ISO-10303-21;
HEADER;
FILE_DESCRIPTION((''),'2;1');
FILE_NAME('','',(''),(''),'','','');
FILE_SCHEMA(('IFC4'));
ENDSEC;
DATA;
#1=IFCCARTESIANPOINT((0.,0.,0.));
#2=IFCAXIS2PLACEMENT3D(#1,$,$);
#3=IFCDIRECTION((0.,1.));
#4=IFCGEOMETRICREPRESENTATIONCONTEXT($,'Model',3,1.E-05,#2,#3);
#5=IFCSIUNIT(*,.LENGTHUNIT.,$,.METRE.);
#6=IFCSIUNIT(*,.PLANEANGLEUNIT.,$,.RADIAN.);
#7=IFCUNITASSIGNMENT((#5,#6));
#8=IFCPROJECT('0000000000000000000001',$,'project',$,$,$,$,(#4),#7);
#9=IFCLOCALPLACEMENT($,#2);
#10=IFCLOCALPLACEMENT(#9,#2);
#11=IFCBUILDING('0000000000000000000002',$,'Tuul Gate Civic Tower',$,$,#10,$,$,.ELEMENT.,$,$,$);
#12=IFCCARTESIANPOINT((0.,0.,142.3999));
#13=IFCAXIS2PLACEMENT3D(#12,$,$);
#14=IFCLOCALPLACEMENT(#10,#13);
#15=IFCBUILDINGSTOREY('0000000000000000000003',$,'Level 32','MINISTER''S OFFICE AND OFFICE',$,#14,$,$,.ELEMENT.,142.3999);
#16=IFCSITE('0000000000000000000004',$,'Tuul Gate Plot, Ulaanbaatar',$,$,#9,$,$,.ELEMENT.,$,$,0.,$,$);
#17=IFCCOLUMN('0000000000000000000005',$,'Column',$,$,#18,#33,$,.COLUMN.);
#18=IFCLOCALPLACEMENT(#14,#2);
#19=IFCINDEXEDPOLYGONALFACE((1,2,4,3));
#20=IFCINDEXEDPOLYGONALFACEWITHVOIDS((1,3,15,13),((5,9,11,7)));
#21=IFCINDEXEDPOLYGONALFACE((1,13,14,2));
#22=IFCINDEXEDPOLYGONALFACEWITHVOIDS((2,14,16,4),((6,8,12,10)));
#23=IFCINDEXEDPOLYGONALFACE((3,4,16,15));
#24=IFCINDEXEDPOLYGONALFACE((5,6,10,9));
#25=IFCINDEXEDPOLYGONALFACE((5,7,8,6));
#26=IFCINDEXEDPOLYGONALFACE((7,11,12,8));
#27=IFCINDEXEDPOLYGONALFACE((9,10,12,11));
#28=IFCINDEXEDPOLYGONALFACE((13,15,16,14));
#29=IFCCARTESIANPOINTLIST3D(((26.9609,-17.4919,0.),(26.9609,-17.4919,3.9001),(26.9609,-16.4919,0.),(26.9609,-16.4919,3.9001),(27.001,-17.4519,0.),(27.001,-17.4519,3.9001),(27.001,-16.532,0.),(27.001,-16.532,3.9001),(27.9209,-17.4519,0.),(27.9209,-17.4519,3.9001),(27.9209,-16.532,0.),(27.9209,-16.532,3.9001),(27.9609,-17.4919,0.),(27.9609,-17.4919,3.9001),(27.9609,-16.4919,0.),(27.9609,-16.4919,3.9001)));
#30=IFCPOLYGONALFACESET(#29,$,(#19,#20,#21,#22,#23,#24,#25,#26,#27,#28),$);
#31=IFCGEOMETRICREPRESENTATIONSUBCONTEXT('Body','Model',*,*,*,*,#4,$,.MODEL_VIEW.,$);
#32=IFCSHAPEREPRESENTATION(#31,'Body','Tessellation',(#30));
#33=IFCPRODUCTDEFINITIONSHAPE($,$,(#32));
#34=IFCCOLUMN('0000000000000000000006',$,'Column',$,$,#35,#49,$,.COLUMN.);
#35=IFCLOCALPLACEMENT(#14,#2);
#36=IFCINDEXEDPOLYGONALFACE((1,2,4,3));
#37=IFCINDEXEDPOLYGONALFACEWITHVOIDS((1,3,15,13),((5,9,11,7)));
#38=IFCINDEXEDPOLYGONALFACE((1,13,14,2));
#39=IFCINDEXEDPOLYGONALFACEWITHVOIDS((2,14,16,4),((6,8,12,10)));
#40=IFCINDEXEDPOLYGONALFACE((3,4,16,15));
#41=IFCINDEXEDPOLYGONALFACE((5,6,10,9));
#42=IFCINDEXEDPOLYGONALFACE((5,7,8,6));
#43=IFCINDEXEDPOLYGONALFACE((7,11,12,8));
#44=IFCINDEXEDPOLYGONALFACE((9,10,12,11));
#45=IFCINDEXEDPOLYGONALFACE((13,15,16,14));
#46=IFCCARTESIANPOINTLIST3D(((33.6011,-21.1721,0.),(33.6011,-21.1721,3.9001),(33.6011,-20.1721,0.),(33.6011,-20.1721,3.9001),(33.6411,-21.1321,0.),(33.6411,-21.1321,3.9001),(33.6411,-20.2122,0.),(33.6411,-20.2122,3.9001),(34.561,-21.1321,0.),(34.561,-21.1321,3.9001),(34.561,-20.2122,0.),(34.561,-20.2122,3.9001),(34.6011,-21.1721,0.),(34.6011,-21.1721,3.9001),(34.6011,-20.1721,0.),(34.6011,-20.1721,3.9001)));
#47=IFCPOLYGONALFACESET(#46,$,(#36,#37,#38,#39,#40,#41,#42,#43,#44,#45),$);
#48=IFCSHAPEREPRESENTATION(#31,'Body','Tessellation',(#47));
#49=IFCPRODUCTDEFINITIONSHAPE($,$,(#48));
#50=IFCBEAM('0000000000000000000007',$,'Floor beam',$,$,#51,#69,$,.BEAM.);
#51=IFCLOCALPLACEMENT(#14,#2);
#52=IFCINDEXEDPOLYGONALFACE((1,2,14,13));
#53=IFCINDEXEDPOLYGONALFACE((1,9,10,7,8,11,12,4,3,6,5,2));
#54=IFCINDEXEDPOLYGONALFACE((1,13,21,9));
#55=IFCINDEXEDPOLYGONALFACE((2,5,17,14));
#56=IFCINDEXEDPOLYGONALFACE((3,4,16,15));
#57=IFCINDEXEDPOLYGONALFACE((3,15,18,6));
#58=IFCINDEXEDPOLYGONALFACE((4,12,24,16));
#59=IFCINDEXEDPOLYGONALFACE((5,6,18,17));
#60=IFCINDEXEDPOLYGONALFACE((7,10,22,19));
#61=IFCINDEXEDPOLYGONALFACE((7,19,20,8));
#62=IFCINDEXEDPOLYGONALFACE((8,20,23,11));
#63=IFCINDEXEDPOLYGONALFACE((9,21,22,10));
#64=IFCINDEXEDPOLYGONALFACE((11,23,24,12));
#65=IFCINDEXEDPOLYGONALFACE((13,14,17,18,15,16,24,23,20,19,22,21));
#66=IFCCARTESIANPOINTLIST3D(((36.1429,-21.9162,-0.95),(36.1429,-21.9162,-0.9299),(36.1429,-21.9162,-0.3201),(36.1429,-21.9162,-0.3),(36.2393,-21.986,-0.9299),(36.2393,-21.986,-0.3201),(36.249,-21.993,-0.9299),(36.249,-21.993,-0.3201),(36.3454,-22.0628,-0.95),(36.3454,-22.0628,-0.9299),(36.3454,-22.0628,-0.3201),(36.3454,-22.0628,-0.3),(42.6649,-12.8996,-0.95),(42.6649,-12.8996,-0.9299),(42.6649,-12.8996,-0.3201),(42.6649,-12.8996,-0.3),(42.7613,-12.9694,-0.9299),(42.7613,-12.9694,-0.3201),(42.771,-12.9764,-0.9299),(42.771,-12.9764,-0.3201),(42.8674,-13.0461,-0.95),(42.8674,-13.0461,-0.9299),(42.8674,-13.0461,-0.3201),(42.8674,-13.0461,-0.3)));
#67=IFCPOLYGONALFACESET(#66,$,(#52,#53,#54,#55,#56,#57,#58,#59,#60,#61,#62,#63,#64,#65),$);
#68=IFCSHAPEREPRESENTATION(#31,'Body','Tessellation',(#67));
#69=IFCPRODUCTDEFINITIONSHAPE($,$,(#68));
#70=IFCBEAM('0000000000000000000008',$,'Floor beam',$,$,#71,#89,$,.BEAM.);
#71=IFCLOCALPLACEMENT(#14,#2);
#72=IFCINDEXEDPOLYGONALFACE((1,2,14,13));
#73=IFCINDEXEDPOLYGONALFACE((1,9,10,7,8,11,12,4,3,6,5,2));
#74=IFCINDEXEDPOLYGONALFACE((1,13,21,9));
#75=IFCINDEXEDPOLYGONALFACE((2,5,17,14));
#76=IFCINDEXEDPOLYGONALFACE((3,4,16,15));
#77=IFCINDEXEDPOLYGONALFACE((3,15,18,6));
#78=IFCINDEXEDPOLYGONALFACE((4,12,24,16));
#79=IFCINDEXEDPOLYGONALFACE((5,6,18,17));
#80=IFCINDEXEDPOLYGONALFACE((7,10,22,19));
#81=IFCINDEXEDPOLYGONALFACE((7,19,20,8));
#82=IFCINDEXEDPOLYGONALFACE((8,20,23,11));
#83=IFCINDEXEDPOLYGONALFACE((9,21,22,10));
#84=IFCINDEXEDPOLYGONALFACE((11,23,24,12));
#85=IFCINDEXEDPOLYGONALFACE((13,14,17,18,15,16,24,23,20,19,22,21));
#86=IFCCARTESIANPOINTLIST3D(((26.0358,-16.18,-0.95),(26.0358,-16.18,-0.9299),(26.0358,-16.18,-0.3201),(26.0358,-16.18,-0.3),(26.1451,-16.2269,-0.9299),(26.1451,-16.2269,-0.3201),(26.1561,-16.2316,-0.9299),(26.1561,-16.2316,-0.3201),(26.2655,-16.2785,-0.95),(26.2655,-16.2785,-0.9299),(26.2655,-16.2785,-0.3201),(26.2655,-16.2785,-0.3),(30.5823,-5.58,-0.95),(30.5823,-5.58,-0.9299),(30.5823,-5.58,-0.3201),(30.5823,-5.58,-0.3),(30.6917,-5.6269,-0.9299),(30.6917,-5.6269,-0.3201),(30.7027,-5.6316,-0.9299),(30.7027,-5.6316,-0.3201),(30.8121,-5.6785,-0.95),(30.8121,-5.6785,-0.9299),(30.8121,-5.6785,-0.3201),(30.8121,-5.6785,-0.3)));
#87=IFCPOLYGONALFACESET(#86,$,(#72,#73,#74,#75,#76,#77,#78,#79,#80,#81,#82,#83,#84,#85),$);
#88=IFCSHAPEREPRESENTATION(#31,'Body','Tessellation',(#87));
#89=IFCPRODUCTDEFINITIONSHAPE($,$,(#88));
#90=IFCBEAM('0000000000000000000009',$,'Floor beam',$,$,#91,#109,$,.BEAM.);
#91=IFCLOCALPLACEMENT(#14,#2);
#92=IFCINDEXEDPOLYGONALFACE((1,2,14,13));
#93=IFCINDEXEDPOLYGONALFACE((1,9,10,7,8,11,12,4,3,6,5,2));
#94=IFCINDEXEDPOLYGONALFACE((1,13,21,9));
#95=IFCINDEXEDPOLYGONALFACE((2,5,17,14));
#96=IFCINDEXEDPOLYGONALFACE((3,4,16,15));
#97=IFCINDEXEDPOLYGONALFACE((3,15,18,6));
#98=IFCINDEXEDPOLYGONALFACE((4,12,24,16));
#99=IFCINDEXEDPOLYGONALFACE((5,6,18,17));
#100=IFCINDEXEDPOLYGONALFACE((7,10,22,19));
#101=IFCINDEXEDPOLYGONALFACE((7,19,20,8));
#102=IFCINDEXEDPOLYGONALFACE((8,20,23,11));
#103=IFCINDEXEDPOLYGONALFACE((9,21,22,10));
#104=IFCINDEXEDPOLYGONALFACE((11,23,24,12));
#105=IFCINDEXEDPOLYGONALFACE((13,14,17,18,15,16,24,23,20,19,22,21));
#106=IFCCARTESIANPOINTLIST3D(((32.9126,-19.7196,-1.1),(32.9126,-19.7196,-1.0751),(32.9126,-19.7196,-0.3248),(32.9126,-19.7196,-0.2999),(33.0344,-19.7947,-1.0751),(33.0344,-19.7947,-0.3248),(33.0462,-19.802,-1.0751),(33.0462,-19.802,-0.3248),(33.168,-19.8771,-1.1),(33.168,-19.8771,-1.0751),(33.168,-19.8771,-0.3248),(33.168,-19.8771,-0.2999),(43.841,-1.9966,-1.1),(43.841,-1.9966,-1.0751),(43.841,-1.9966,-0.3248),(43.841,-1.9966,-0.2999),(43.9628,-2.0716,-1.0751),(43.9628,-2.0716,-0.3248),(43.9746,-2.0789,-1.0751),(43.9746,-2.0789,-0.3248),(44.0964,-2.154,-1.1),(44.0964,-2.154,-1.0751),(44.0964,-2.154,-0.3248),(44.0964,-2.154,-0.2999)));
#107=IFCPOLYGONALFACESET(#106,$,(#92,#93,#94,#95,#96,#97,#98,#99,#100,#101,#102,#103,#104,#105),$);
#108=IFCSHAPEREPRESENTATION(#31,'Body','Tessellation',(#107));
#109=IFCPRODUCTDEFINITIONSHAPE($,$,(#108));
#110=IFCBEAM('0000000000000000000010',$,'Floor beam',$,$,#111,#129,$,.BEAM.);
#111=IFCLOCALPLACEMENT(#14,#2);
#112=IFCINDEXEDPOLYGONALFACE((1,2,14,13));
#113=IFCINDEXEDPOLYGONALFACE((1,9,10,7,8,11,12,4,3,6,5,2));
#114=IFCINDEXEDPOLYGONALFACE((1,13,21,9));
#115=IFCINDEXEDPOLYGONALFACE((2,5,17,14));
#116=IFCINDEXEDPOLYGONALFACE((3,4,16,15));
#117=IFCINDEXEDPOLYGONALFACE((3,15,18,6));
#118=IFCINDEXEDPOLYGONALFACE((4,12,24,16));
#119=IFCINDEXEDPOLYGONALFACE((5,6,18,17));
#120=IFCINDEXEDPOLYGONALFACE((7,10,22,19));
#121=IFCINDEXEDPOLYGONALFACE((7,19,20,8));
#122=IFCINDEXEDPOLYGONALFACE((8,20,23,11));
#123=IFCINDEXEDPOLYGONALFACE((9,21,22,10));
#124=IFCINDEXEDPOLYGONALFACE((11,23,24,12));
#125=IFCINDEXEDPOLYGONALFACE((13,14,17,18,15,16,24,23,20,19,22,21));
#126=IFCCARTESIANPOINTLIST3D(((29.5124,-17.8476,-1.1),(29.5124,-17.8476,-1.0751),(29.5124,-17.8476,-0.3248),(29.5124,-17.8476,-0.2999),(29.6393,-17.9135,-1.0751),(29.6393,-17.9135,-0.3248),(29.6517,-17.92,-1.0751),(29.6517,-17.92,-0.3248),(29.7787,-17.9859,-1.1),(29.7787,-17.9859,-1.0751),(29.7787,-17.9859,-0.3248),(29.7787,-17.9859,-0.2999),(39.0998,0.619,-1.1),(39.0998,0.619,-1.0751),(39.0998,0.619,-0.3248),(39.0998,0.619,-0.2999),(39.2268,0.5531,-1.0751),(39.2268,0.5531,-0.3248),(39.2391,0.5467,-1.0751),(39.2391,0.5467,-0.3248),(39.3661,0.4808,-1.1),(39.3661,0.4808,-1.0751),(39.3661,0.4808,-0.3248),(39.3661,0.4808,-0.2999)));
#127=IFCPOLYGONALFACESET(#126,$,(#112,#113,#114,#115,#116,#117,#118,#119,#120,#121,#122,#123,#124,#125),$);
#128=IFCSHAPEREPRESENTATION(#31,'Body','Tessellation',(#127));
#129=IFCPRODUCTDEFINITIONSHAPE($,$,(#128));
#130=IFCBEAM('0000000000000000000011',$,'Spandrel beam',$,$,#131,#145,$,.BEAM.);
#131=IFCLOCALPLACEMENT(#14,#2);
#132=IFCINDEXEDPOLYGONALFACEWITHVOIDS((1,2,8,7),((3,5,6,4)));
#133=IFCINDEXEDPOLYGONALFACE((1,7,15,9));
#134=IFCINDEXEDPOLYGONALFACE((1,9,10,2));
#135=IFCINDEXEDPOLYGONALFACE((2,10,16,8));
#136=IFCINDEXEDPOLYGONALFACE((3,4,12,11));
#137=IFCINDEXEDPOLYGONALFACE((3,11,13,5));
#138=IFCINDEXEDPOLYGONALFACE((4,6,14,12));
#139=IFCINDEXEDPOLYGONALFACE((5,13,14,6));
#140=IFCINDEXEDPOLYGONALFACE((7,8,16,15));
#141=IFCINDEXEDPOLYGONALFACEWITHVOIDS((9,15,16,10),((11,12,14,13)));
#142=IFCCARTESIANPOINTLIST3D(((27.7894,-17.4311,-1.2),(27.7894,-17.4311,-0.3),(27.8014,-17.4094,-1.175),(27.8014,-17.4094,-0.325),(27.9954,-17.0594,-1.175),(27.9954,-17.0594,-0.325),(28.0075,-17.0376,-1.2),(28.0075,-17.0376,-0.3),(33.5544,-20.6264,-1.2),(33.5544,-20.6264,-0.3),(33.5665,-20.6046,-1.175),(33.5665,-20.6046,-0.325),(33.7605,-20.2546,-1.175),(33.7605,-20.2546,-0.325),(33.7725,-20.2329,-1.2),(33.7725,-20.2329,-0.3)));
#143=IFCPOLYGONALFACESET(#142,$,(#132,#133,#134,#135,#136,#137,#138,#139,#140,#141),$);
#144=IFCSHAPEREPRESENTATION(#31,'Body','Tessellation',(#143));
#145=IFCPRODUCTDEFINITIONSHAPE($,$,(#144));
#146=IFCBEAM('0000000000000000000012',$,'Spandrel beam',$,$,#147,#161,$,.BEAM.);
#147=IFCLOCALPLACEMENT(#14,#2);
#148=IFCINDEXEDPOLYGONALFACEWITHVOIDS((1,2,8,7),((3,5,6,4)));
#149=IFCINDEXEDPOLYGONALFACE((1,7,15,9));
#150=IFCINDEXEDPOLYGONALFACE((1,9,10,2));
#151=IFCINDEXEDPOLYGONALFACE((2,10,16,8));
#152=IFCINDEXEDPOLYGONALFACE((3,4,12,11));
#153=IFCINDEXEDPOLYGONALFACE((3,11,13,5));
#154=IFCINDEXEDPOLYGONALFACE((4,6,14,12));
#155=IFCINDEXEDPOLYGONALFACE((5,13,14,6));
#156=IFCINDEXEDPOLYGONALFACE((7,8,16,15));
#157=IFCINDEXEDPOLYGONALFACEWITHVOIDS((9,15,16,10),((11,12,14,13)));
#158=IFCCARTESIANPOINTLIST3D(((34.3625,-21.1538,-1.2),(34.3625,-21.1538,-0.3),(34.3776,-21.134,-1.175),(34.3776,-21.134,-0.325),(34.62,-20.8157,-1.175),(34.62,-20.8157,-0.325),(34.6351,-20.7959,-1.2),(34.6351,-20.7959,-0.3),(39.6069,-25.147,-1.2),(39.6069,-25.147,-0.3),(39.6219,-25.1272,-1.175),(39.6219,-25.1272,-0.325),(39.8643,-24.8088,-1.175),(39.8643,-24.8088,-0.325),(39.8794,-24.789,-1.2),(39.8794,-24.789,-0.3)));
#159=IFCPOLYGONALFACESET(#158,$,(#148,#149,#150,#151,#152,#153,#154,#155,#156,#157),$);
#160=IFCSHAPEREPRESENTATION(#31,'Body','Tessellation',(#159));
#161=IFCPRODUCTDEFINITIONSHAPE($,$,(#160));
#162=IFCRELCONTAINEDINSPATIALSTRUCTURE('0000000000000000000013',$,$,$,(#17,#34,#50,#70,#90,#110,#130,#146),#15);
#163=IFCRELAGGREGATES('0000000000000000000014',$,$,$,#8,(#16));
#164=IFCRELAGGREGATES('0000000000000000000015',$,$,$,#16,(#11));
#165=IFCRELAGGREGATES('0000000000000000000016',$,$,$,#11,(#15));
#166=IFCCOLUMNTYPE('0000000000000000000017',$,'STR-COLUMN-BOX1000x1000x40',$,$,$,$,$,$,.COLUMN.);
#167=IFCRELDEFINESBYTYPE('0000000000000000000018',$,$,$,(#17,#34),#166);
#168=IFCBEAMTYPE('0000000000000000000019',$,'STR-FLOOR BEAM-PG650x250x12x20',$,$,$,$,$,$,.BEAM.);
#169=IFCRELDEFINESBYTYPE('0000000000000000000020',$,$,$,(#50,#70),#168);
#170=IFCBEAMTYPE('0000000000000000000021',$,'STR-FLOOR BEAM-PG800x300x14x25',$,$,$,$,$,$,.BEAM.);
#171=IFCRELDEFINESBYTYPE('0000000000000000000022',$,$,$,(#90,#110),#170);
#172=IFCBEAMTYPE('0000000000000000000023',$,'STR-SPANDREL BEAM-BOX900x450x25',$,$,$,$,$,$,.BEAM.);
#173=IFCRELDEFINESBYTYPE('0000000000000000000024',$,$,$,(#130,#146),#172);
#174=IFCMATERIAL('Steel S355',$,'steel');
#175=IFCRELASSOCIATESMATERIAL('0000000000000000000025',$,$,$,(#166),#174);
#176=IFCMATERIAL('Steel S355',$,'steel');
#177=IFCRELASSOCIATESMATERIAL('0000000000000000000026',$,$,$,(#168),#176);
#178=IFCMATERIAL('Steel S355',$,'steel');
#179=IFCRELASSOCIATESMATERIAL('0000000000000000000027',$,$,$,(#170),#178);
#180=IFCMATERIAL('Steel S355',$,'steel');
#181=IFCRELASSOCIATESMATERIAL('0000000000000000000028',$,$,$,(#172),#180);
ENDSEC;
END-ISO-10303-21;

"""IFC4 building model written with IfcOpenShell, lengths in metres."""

from ifc_helpers import new_model, si_unit, direction, frame, origin, origin_2d, place, context, subcontext, project, spatial, hollow_rectangle, i_section, extrude, material, material_profile, profile_set, type_object, element, save


model = new_model("IFC4")

# Units and contexts
model_context = context("Model", 3, precision=1e-05, world=origin(), true_north=direction((0.0, 1.0)))
body_context = subcontext(model_context, "Body", "Model", "MODEL_VIEW")
ifc_project = project(units=[si_unit("LENGTHUNIT", "METRE"), si_unit("PLANEANGLEUNIT", "RADIAN")], contexts=[model_context])

# Site, building, storey
site_placement = place(None, origin())
site = spatial("IfcSite", under=ifc_project, at=site_placement, Name="Tuul Gate Plot, Ulaanbaatar", CompositionType="ELEMENT", RefElevation=0.0)
building_placement = place(site_placement, origin())
building = spatial("IfcBuilding", under=site, at=building_placement, Name="Tuul Gate Civic Tower", CompositionType="ELEMENT")
storey_placement = place(building_placement, frame((0.0, 0.0, 142.3999)))
storey = spatial("IfcBuildingStorey", under=building, at=storey_placement, Name="Level 32", Description="MINISTER'S OFFICE AND OFFICE", CompositionType="ELEMENT", Elevation=142.3999)

# Columns
ifc_material_1 = material(Name="Steel S355", Category="steel")
ifc_material_profile_1 = material_profile(ifc_material_1, hollow_rectangle(XDim=1.0, YDim=1.0, WallThickness=0.04, at=origin_2d()), Name="BOX1000x1000x40")
ifc_profile_set_1 = profile_set([ifc_material_profile_1], Name="Steel S355")
column_type = type_object("IfcColumnType", Name="STR-COLUMN-BOX1000x1000x40", PredefinedType="COLUMN", material=ifc_profile_set_1)
for number, where, z_axis, x_axis, name in (
    (1, (27.4609, -16.9919, 0.0), (0.0, 0.0, 1.0), (1.0, 0.0, 0.0), "Column"),
    (2, (34.1011, -20.6721, 0.0), (0.0, 0.0, 1.0), (1.0, 0.0, 0.0), "Column"),
):
    element("IfcColumn", number, at=place(storey_placement, frame(where, z_axis=z_axis, x_axis=x_axis)), inside=storey, type_object=column_type, Name=name, PredefinedType="COLUMN", context=body_context, shape_type="SweptSolid", body=[
        extrude(hollow_rectangle(XDim=1.0, YDim=1.0, WallThickness=0.04, at=origin_2d()), origin(), (0.0, 0.0, 1.0), 3.9001),
    ])

# Beams
ifc_material_2 = material(Name="Steel S355", Category="steel")
ifc_material_profile_2 = material_profile(ifc_material_2, i_section(OverallWidth=0.25, OverallDepth=0.6499, WebThickness=0.012, FlangeThickness=0.02, at=origin_2d()), Name="PG650x250x12x20")
ifc_profile_set_2 = profile_set([ifc_material_profile_2], Name="Steel S355")
beam_type_1 = type_object("IfcBeamType", Name="STR-FLOOR BEAM-PG650x250x12x20", PredefinedType="BEAM", material=ifc_profile_set_2)
beam_1_placement = place(storey_placement, frame((36.2441, -21.9895, -0.625), z_axis=(0.58608, 0.810253, 0.0), x_axis=(-0.810253, 0.58608, 0.0)))
element("IfcBeam", 3, at=beam_1_placement, inside=storey, type_object=beam_type_1, Name="Floor beam", PredefinedType="BEAM", context=body_context, shape_type="SweptSolid", body=[
    extrude(i_section(OverallWidth=0.25, OverallDepth=0.6499, WebThickness=0.012, FlangeThickness=0.02, at=origin_2d()), origin(), (0.0, 0.0, 1.0), 11.1282),
])
beam_2_placement = place(storey_placement, frame((26.1506, -16.2292, -0.625), z_axis=(0.394193, 0.919028, 0.0), x_axis=(-0.919028, 0.394193, 0.0)))
element("IfcBeam", 4, at=beam_2_placement, inside=storey, type_object=beam_type_1, Name="Floor beam", PredefinedType="BEAM", context=body_context, shape_type="SweptSolid", body=[
    extrude(i_section(OverallWidth=0.25, OverallDepth=0.6499, WebThickness=0.012, FlangeThickness=0.02, at=origin_2d()), origin(), (0.0, 0.0, 1.0), 11.5339),
])
ifc_material_3 = material(Name="Steel S355", Category="steel")
ifc_material_profile_3 = material_profile(ifc_material_3, i_section(OverallWidth=0.3, OverallDepth=0.8, WebThickness=0.0139, FlangeThickness=0.0249, at=origin_2d()), Name="PG800x300x14x25")
ifc_profile_set_3 = profile_set([ifc_material_profile_3], Name="Steel S355")
beam_type_2 = type_object("IfcBeamType", Name="STR-FLOOR BEAM-PG800x300x14x25", PredefinedType="BEAM", material=ifc_profile_set_3)
beam_3_placement = place(storey_placement, frame((33.0403, -19.7983, -0.7), z_axis=(0.524861, 0.851188, 0.0), x_axis=(-0.851188, 0.524861, 0.0)))
element("IfcBeam", 5, at=beam_3_placement, inside=storey, type_object=beam_type_2, Name="Floor beam", PredefinedType="BEAM", context=body_context, shape_type="SweptSolid", body=[
    extrude(i_section(OverallWidth=0.3, OverallDepth=0.8, WebThickness=0.0139, FlangeThickness=0.0249, at=origin_2d()), origin(), (0.0, 0.0, 1.0), 20.8215),
])
beam_4_placement = place(storey_placement, frame((29.6455, -17.9167, -0.7), z_axis=(0.460777, 0.887516, 0.0), x_axis=(-0.887516, 0.460777, 0.0)))
element("IfcBeam", 6, at=beam_4_placement, inside=storey, type_object=beam_type_2, Name="Floor beam", PredefinedType="BEAM", context=body_context, shape_type="SweptSolid", body=[
    extrude(i_section(OverallWidth=0.3, OverallDepth=0.8, WebThickness=0.0139, FlangeThickness=0.0249, at=origin_2d()), origin(), (0.0, 0.0, 1.0), 20.8071),
])
ifc_material_4 = material(Name="Steel S355", Category="steel")
ifc_material_profile_4 = material_profile(ifc_material_4, hollow_rectangle(XDim=0.45, YDim=0.8999, WallThickness=0.0249, at=origin_2d()), Name="BOX900x450x25")
ifc_profile_set_4 = profile_set([ifc_material_profile_4], Name="Steel S355")
beam_type_3 = type_object("IfcBeamType", Name="STR-SPANDREL BEAM-BOX900x450x25", PredefinedType="BEAM", material=ifc_profile_set_4)
beam_5_placement = place(storey_placement, frame((27.8984, -17.2344, -0.75), z_axis=(0.874643, -0.484768, 0.0), x_axis=(0.484768, 0.874643, 0.0)))
element("IfcBeam", 7, at=beam_5_placement, inside=storey, type_object=beam_type_3, Name="Spandrel beam", PredefinedType="BEAM", context=body_context, shape_type="SweptSolid", body=[
    extrude(hollow_rectangle(XDim=0.45, YDim=0.8999, WallThickness=0.0249, at=origin_2d()), origin(), (0.0, 0.0, 1.0), 6.5913),
])
beam_6_placement = place(storey_placement, frame((34.4988, -20.9749, -0.75), z_axis=(0.795619, -0.605798, 0.0), x_axis=(0.605798, 0.795619, 0.0)))
element("IfcBeam", 8, at=beam_6_placement, inside=storey, type_object=beam_type_3, Name="Spandrel beam", PredefinedType="BEAM", context=body_context, shape_type="SweptSolid", body=[
    extrude(hollow_rectangle(XDim=0.45, YDim=0.8999, WallThickness=0.0249, at=origin_2d()), origin(), (0.0, 0.0, 1.0), 6.5916),
])

save(model, "model.ifc")
